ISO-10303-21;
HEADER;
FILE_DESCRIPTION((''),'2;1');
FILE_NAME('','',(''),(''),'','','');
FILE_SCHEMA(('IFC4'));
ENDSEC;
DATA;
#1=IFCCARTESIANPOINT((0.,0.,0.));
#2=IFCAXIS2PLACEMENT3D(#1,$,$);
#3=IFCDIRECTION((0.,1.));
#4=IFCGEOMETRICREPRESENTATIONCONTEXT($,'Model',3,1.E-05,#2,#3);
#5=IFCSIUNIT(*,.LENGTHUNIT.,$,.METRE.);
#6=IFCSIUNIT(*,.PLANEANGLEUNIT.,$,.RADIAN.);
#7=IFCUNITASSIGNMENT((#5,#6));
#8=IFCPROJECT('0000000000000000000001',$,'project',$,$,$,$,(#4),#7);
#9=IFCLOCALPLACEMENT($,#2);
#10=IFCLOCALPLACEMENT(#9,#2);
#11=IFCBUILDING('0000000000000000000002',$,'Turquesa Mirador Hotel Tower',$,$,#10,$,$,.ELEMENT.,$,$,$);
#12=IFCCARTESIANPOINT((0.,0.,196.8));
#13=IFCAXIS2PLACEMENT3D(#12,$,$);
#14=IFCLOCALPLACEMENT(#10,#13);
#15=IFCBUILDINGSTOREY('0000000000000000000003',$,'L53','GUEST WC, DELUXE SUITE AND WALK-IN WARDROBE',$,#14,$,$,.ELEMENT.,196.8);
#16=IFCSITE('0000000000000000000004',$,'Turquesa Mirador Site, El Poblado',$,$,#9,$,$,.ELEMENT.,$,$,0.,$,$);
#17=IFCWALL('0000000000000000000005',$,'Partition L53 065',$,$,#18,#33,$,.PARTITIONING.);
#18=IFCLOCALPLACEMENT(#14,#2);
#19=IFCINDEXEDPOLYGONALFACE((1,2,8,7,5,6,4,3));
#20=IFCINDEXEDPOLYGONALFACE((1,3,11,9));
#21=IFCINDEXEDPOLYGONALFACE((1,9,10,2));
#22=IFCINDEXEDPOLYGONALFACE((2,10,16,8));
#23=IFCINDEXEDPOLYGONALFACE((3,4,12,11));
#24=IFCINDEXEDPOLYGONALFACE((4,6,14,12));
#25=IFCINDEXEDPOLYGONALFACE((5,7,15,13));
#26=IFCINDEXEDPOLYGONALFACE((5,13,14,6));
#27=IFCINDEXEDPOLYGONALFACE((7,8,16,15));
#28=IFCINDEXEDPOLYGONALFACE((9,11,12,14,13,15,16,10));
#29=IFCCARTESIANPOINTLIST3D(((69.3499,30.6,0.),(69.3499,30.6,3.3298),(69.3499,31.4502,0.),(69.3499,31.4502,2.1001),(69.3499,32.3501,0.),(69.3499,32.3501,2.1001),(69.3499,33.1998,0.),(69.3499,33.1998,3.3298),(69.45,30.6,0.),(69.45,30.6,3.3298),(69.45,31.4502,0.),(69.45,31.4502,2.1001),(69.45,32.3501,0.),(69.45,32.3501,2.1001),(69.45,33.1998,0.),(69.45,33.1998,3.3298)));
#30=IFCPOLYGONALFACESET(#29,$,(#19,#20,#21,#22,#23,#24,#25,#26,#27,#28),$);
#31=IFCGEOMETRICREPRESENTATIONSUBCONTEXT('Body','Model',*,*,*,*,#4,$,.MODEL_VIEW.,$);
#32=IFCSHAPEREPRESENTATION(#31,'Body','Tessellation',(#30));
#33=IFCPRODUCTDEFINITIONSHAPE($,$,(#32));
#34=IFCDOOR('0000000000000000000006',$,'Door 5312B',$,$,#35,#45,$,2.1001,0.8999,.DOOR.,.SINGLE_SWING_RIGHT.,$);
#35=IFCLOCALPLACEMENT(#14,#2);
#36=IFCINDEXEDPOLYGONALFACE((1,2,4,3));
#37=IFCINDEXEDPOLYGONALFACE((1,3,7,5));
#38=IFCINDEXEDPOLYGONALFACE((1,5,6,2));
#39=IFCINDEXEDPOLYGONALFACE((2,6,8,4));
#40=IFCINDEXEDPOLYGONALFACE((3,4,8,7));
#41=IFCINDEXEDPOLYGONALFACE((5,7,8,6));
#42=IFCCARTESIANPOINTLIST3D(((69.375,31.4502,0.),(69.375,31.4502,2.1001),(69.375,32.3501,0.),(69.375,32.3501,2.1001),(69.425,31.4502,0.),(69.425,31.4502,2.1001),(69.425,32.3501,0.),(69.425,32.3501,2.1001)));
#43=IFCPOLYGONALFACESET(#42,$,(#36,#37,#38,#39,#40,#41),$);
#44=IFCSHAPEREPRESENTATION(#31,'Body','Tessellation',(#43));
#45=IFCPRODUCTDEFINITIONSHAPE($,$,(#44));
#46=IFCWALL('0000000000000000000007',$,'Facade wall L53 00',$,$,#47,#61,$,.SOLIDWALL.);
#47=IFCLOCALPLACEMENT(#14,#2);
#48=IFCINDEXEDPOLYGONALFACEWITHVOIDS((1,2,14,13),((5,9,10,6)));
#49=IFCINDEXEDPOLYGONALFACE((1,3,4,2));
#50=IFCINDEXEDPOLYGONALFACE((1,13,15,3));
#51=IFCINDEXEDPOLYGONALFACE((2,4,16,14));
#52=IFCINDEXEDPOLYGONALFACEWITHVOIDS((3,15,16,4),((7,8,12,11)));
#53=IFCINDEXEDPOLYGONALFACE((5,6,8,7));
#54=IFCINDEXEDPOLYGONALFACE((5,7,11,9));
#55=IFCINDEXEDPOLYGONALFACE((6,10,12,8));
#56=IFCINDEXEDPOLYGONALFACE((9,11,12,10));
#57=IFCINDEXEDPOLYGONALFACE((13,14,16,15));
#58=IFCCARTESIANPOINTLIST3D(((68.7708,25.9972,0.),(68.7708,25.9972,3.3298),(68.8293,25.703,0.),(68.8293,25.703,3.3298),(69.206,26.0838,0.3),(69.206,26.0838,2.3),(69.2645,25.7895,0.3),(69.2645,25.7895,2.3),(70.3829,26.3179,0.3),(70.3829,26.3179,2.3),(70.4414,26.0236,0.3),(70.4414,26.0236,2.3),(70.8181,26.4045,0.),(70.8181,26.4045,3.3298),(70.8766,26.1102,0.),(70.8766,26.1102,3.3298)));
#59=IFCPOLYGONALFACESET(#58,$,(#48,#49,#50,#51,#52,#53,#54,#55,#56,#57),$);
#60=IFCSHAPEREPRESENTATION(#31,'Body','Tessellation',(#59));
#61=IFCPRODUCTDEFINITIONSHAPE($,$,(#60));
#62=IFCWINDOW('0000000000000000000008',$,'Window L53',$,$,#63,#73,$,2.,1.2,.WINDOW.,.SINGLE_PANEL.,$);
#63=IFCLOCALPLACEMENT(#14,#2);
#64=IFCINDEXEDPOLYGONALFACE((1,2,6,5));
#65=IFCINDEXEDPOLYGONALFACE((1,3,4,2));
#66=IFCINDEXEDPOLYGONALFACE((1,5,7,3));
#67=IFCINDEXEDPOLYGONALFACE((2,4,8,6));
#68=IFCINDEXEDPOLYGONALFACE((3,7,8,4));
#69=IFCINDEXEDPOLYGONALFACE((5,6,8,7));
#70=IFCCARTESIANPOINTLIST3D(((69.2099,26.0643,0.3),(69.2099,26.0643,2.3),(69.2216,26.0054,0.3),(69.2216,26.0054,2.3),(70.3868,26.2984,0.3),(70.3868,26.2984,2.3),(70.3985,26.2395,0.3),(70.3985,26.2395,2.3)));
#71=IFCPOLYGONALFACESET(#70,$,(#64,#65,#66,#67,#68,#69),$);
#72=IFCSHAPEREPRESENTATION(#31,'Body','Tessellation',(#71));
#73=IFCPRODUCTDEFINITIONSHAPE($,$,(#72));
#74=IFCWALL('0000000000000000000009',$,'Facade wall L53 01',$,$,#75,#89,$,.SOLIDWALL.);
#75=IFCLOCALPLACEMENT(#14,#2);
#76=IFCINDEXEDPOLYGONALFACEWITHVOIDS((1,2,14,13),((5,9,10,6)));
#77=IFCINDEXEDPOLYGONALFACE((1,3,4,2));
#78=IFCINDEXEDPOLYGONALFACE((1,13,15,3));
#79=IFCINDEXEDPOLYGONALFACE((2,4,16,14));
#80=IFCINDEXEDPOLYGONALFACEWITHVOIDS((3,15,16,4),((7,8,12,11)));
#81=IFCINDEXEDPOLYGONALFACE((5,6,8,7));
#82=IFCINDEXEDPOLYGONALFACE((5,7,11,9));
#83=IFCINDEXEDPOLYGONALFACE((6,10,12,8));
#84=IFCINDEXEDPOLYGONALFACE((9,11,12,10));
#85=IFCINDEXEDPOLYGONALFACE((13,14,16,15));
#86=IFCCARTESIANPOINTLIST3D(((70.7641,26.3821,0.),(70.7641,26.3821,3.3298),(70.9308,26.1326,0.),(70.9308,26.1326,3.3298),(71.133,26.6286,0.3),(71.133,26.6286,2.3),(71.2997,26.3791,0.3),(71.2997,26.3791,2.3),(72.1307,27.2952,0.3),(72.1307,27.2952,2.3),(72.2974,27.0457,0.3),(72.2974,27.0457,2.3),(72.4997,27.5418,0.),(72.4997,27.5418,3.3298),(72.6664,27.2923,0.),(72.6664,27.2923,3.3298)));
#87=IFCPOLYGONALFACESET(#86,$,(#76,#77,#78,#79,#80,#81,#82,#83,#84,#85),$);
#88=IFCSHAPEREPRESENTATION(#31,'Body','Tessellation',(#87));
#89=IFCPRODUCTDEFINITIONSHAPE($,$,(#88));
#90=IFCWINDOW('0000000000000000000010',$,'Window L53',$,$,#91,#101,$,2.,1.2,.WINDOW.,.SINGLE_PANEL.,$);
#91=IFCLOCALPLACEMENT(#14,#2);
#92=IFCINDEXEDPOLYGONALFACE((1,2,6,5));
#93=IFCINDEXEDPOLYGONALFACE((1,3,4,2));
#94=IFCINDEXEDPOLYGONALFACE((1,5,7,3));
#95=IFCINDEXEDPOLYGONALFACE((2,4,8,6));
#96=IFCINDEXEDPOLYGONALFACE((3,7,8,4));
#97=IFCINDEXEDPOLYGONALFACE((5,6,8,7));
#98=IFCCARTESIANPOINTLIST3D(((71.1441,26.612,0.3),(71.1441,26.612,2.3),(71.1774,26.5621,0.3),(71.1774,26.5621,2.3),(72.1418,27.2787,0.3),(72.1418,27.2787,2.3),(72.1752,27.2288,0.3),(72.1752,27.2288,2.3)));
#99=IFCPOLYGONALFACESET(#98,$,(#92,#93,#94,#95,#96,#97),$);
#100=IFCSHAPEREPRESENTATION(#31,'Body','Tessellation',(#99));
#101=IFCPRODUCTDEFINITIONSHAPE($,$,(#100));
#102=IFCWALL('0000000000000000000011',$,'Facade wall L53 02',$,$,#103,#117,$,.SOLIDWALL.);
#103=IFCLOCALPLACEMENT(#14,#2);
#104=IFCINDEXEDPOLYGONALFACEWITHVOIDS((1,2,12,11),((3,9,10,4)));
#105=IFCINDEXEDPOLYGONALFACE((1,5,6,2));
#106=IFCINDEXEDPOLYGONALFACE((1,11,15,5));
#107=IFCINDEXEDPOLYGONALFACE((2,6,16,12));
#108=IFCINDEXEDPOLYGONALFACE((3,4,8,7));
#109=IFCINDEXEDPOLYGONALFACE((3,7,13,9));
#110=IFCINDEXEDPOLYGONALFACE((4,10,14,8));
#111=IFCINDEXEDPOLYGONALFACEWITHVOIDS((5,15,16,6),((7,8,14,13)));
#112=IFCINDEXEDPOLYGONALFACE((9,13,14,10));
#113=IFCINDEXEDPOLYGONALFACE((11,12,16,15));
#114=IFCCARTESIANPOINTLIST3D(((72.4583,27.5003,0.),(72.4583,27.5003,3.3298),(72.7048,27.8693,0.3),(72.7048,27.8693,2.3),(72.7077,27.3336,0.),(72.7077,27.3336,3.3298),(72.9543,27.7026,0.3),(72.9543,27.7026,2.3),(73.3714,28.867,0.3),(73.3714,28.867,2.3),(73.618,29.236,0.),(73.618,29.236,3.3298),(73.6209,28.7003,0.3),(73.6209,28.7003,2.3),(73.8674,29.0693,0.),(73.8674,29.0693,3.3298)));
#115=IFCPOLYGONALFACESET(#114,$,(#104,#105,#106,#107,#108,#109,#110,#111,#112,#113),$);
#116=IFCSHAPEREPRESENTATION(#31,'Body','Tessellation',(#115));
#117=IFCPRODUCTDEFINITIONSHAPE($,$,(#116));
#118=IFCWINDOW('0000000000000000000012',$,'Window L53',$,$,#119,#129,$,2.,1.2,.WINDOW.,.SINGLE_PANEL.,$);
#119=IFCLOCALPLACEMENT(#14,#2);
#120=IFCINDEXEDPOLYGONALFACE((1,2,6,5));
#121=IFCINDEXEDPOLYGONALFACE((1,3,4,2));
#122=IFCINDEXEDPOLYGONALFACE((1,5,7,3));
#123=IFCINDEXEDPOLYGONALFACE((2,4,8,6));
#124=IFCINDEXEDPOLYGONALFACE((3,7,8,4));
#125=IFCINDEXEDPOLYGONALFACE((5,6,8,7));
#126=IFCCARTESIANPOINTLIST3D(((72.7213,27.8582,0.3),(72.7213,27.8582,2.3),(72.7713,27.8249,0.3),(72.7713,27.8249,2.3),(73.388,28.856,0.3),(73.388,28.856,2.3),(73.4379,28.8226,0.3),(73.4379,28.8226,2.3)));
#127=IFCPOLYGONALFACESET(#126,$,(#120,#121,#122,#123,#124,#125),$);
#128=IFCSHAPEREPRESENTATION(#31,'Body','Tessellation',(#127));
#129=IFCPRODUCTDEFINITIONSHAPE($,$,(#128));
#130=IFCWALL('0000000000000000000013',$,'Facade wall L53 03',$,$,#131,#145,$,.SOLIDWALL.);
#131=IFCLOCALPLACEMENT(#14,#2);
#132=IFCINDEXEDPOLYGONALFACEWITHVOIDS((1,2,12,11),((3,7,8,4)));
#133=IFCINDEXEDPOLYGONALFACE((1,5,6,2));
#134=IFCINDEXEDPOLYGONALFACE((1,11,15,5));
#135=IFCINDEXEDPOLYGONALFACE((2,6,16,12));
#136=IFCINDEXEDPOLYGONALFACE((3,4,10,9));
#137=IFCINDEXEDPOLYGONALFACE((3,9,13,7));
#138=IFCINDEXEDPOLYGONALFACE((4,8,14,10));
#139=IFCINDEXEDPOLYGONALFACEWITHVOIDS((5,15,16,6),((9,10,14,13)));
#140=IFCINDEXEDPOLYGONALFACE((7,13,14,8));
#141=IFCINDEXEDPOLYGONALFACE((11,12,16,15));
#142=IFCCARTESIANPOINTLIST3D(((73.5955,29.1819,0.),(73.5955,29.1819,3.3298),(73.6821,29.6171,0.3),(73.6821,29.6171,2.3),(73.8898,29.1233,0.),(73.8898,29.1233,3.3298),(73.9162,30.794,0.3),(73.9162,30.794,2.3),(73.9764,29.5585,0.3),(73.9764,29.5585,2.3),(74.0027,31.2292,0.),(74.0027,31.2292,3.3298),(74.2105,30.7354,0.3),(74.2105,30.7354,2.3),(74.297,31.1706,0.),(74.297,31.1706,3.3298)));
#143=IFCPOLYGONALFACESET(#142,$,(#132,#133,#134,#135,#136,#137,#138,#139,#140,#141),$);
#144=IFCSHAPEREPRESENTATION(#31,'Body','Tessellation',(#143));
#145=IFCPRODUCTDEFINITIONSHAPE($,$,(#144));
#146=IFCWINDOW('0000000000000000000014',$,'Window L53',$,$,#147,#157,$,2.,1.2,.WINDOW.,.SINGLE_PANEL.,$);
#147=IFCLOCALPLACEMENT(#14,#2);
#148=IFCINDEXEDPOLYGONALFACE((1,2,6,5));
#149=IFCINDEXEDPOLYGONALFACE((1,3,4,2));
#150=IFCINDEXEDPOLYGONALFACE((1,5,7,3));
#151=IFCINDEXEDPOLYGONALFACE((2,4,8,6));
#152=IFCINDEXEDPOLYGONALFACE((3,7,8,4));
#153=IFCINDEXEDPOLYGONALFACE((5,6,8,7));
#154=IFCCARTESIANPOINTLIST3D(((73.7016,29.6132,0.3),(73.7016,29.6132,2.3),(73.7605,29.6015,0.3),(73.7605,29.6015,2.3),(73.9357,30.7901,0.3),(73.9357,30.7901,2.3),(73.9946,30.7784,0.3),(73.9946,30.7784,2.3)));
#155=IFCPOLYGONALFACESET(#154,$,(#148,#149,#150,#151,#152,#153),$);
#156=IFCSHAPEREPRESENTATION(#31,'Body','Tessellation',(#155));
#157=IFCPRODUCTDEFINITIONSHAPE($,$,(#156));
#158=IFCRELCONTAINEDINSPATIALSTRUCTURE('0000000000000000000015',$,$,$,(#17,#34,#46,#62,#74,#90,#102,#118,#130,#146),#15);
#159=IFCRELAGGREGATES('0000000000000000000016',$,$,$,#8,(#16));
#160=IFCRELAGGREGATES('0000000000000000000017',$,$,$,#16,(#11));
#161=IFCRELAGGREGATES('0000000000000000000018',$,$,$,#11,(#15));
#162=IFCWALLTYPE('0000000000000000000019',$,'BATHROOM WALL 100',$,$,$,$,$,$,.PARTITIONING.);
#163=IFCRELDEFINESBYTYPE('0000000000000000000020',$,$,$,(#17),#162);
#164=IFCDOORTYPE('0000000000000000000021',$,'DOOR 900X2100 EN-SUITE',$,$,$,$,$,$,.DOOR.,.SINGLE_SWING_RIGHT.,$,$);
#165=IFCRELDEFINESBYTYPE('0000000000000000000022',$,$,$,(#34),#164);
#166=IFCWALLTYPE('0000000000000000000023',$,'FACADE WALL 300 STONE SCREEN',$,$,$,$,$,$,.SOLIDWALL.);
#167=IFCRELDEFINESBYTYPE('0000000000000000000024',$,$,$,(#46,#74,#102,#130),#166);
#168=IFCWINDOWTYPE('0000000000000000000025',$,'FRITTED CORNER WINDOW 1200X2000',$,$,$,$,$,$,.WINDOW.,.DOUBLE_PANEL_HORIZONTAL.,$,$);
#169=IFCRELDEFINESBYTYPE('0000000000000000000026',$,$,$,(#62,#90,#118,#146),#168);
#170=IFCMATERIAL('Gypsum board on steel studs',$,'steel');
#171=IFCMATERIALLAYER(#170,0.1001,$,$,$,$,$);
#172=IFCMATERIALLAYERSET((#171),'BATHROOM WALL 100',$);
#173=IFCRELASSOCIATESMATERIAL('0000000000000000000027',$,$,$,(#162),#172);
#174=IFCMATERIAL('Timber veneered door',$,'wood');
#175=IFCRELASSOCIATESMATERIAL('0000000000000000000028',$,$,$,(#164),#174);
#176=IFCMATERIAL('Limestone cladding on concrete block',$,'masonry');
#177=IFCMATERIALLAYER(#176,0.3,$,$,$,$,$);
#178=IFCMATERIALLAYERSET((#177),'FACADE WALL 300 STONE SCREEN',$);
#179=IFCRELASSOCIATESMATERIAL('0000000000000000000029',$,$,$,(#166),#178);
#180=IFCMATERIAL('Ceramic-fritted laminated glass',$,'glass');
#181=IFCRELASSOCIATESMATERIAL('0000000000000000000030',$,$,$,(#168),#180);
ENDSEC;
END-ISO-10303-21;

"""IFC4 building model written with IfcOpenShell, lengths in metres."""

from ifc_helpers import new_model, si_unit, direction, frame, frame_2d, origin, place, context, subcontext, project, spatial, rectangle, extrude, material, layer, layer_set, type_object, element, fill, save


model = new_model("IFC4")

# Units and contexts
model_context = context("Model", 3, precision=1e-05, world=origin(), true_north=direction((0.0, 1.0)))
body_context = subcontext(model_context, "Body", "Model", "MODEL_VIEW")
ifc_project = project(units=[si_unit("LENGTHUNIT", "METRE"), si_unit("PLANEANGLEUNIT", "RADIAN")], contexts=[model_context])

# Site, building, storey
site_placement = place(None, origin())
site = spatial("IfcSite", under=ifc_project, at=site_placement, Name="Turquesa Mirador Site, El Poblado", CompositionType="ELEMENT", RefElevation=0.0)
building_placement = place(site_placement, origin())
building = spatial("IfcBuilding", under=site, at=building_placement, Name="Turquesa Mirador Hotel Tower", CompositionType="ELEMENT")
storey_placement = place(building_placement, frame((0.0, 0.0, 196.8)))
storey = spatial("IfcBuildingStorey", under=building, at=storey_placement, Name="L53", Description="GUEST WC, DELUXE SUITE AND WALK-IN WARDROBE", CompositionType="ELEMENT", Elevation=196.8)

# Shared definitions
ifc_material_1 = material(Name="Gypsum board on steel studs", Category="steel")
ifc_layer_1 = layer(ifc_material_1, 0.1001)
ifc_layer_set_1 = layer_set([ifc_layer_1], Name="BATHROOM WALL 100")
wall_type_1 = type_object("IfcWallType", Name="BATHROOM WALL 100", PredefinedType="PARTITIONING", material=ifc_layer_set_1)

# Wall, opening, door
wall_1_placement = place(storey_placement, frame((69.3999, 30.6001, 0.0), z_axis=(0.0, 0.0, 1.0), x_axis=(0.0, 1.0, 0.0)))
wall_1 = element("IfcWall", 1, at=wall_1_placement, inside=storey, type_object=wall_type_1, Name="Partition L53 065", PredefinedType="PARTITIONING", context=body_context, shape_type="SweptSolid", body=[
    extrude(rectangle(XDim=2.5999, YDim=0.1001, at=frame_2d((1.2998, 0.0))), origin(), (0.0, 0.0, 1.0), 3.3298),
])
opening_1_placement = place(wall_1_placement, frame((0.8501, 0.0, 0.0)))
opening_1 = element("IfcOpeningElement", 2, at=opening_1_placement, cuts=wall_1, PredefinedType="OPENING", context=body_context, shape_type="SweptSolid", body=[
    extrude(rectangle(XDim=0.8999, YDim=2.1001, at=frame_2d((0.45, 1.05))), frame((0.0, 0.0601, 0.0), z_axis=(0.0, -1.0, 0.0), x_axis=(1.0, 0.0, 0.0)), (0.0, 0.0, 1.0), 0.1201),
])
ifc_material_2 = material(Name="Timber veneered door", Category="wood")
door_type_1 = type_object("IfcDoorType", Name="DOOR 900X2100 EN-SUITE", OperationType="SINGLE_SWING_RIGHT", PredefinedType="DOOR", material=ifc_material_2)
door_1_placement = place(opening_1_placement, origin())
door_1 = element("IfcDoor", 3, at=door_1_placement, inside=storey, type_object=door_type_1, Name="Door 5312B", OperationType="SINGLE_SWING_RIGHT", OverallHeight=2.1001, OverallWidth=0.8999, PredefinedType="DOOR", context=body_context, shape_type="SweptSolid", body=[
    extrude(rectangle(XDim=0.8999, YDim=2.1001, at=frame_2d((0.45, 1.05))), frame((0.0, 0.0249, 0.0), z_axis=(0.0, -1.0, 0.0), x_axis=(1.0, 0.0, 0.0)), (0.0, 0.0, 1.0), 0.05),
])
fill(opening_1, door_1)

# Walls, openings, windows
ifc_material_3 = material(Name="Limestone cladding on concrete block", Category="masonry")
ifc_layer_2 = layer(ifc_material_3, 0.3)
ifc_layer_set_2 = layer_set([ifc_layer_2], Name="FACADE WALL 300 STONE SCREEN")
wall_type_2 = type_object("IfcWallType", Name="FACADE WALL 300 STONE SCREEN", PredefinedType="SOLIDWALL", material=ifc_layer_set_2)
wall_2_placement = place(storey_placement, frame((68.8, 25.8501, 0.0), z_axis=(0.0, 0.0, 1.0), x_axis=(0.980787, 0.195081, 0.0)))
wall_2 = element("IfcWall", 4, at=wall_2_placement, inside=storey, type_object=wall_type_2, Name="Facade wall L53 00", PredefinedType="SOLIDWALL", context=body_context, shape_type="SweptSolid", body=[
    extrude(rectangle(XDim=2.0874, YDim=0.3, at=frame_2d((1.0437, 0.0))), origin(), (0.0, 0.0, 1.0), 3.3298),
])
opening_2_placement = place(wall_2_placement, frame((0.4436, 0.0, 0.3)))
opening_2 = element("IfcOpeningElement", 5, at=opening_2_placement, cuts=wall_2, PredefinedType="OPENING", context=body_context, shape_type="SweptSolid", body=[
    extrude(rectangle(XDim=1.2, YDim=2.0, at=frame_2d((0.6001, 1.0))), frame((0.0, 0.1599, 0.0), z_axis=(0.0, -1.0, 0.0), x_axis=(1.0, 0.0, 0.0)), (0.0, 0.0, 1.0), 0.3201),
])
ifc_material_4 = material(Name="Ceramic-fritted laminated glass", Category="glass")
window_type_1 = type_object("IfcWindowType", Name="FRITTED CORNER WINDOW 1200X2000", PartitioningType="DOUBLE_PANEL_HORIZONTAL", PredefinedType="WINDOW", material=ifc_material_4)
window_1_placement = place(opening_2_placement, origin())
window_1 = element("IfcWindow", 6, at=window_1_placement, inside=storey, type_object=window_type_1, Name="Window L53", OverallHeight=2.0, OverallWidth=1.2, PartitioningType="SINGLE_PANEL", PredefinedType="WINDOW", context=body_context, shape_type="SweptSolid", body=[
    extrude(rectangle(XDim=1.2, YDim=2.0, at=frame_2d((0.6001, 1.0))), frame((0.0, 0.1301, 0.0), z_axis=(0.0, -1.0, 0.0), x_axis=(1.0, 0.0, 0.0)), (0.0, 0.0, 1.0), 0.0601),
])
fill(opening_2, window_1)
wall_3_placement = place(storey_placement, frame((70.8474, 26.2573, 0.0), z_axis=(0.0, 0.0, 1.0), x_axis=(0.831474, 0.555564, 0.0)))
wall_3 = element("IfcWall", 7, at=wall_3_placement, inside=storey, type_object=wall_type_2, Name="Facade wall L53 01", PredefinedType="SOLIDWALL", context=body_context, shape_type="SweptSolid", body=[
    extrude(rectangle(XDim=2.0874, YDim=0.3, at=frame_2d((1.0437, 0.0))), origin(), (0.0, 0.0, 1.0), 3.3298),
])
opening_3_placement = place(wall_3_placement, frame((0.4436, 0.0, 0.3)))
opening_3 = element("IfcOpeningElement", 8, at=opening_3_placement, cuts=wall_3, PredefinedType="OPENING", context=body_context, shape_type="SweptSolid", body=[
    extrude(rectangle(XDim=1.2, YDim=2.0, at=frame_2d((0.6001, 1.0))), frame((0.0, 0.1599, 0.0), z_axis=(0.0, -1.0, 0.0), x_axis=(1.0, 0.0, 0.0)), (0.0, 0.0, 1.0), 0.3201),
])
window_2_placement = place(opening_3_placement, origin())
window_2 = element("IfcWindow", 9, at=window_2_placement, inside=storey, type_object=window_type_1, Name="Window L53", OverallHeight=2.0, OverallWidth=1.2, PartitioningType="SINGLE_PANEL", PredefinedType="WINDOW", context=body_context, shape_type="SweptSolid", body=[
    extrude(rectangle(XDim=1.2, YDim=2.0, at=frame_2d((0.6001, 1.0))), frame((0.0, 0.1301, 0.0), z_axis=(0.0, -1.0, 0.0), x_axis=(1.0, 0.0, 0.0)), (0.0, 0.0, 1.0), 0.0601),
])
fill(opening_3, window_2)
wall_4_placement = place(storey_placement, frame((72.583, 27.417, 0.0), z_axis=(0.0, 0.0, 1.0), x_axis=(0.555564, 0.831474, 0.0)))
wall_4 = element("IfcWall", 10, at=wall_4_placement, inside=storey, type_object=wall_type_2, Name="Facade wall L53 02", PredefinedType="SOLIDWALL", context=body_context, shape_type="SweptSolid", body=[
    extrude(rectangle(XDim=2.0874, YDim=0.3, at=frame_2d((1.0437, 0.0))), origin(), (0.0, 0.0, 1.0), 3.3298),
])
opening_4_placement = place(wall_4_placement, frame((0.4436, 0.0, 0.3)))
opening_4 = element("IfcOpeningElement", 11, at=opening_4_placement, cuts=wall_4, PredefinedType="OPENING", context=body_context, shape_type="SweptSolid", body=[
    extrude(rectangle(XDim=1.2, YDim=2.0, at=frame_2d((0.6001, 1.0))), frame((0.0, 0.1599, 0.0), z_axis=(0.0, -1.0, 0.0), x_axis=(1.0, 0.0, 0.0)), (0.0, 0.0, 1.0), 0.3201),
])
window_3_placement = place(opening_4_placement, origin())
window_3 = element("IfcWindow", 12, at=window_3_placement, inside=storey, type_object=window_type_1, Name="Window L53", OverallHeight=2.0, OverallWidth=1.2, PartitioningType="SINGLE_PANEL", PredefinedType="WINDOW", context=body_context, shape_type="SweptSolid", body=[
    extrude(rectangle(XDim=1.2, YDim=2.0, at=frame_2d((0.6001, 1.0))), frame((0.0, 0.1301, 0.0), z_axis=(0.0, -1.0, 0.0), x_axis=(1.0, 0.0, 0.0)), (0.0, 0.0, 1.0), 0.0601),
])
fill(opening_4, window_3)
wall_5_placement = place(storey_placement, frame((73.7427, 29.1526, 0.0), z_axis=(0.0, 0.0, 1.0), x_axis=(0.195081, 0.980787, 0.0)))
wall_5 = element("IfcWall", 13, at=wall_5_placement, inside=storey, type_object=wall_type_2, Name="Facade wall L53 03", PredefinedType="SOLIDWALL", context=body_context, shape_type="SweptSolid", body=[
    extrude(rectangle(XDim=2.0874, YDim=0.3, at=frame_2d((1.0437, 0.0))), origin(), (0.0, 0.0, 1.0), 3.3298),
])
opening_5_placement = place(wall_5_placement, frame((0.4436, 0.0, 0.3)))
opening_5 = element("IfcOpeningElement", 14, at=opening_5_placement, cuts=wall_5, PredefinedType="OPENING", context=body_context, shape_type="SweptSolid", body=[
    extrude(rectangle(XDim=1.2, YDim=2.0, at=frame_2d((0.6001, 1.0))), frame((0.0, 0.1599, 0.0), z_axis=(0.0, -1.0, 0.0), x_axis=(1.0, 0.0, 0.0)), (0.0, 0.0, 1.0), 0.3201),
])
window_4_placement = place(opening_5_placement, origin())
window_4 = element("IfcWindow", 15, at=window_4_placement, inside=storey, type_object=window_type_1, Name="Window L53", OverallHeight=2.0, OverallWidth=1.2, PartitioningType="SINGLE_PANEL", PredefinedType="WINDOW", context=body_context, shape_type="SweptSolid", body=[
    extrude(rectangle(XDim=1.2, YDim=2.0, at=frame_2d((0.6001, 1.0))), frame((0.0, 0.1301, 0.0), z_axis=(0.0, -1.0, 0.0), x_axis=(1.0, 0.0, 0.0)), (0.0, 0.0, 1.0), 0.0601),
])
fill(opening_5, window_4)

save(model, "model.ifc")
